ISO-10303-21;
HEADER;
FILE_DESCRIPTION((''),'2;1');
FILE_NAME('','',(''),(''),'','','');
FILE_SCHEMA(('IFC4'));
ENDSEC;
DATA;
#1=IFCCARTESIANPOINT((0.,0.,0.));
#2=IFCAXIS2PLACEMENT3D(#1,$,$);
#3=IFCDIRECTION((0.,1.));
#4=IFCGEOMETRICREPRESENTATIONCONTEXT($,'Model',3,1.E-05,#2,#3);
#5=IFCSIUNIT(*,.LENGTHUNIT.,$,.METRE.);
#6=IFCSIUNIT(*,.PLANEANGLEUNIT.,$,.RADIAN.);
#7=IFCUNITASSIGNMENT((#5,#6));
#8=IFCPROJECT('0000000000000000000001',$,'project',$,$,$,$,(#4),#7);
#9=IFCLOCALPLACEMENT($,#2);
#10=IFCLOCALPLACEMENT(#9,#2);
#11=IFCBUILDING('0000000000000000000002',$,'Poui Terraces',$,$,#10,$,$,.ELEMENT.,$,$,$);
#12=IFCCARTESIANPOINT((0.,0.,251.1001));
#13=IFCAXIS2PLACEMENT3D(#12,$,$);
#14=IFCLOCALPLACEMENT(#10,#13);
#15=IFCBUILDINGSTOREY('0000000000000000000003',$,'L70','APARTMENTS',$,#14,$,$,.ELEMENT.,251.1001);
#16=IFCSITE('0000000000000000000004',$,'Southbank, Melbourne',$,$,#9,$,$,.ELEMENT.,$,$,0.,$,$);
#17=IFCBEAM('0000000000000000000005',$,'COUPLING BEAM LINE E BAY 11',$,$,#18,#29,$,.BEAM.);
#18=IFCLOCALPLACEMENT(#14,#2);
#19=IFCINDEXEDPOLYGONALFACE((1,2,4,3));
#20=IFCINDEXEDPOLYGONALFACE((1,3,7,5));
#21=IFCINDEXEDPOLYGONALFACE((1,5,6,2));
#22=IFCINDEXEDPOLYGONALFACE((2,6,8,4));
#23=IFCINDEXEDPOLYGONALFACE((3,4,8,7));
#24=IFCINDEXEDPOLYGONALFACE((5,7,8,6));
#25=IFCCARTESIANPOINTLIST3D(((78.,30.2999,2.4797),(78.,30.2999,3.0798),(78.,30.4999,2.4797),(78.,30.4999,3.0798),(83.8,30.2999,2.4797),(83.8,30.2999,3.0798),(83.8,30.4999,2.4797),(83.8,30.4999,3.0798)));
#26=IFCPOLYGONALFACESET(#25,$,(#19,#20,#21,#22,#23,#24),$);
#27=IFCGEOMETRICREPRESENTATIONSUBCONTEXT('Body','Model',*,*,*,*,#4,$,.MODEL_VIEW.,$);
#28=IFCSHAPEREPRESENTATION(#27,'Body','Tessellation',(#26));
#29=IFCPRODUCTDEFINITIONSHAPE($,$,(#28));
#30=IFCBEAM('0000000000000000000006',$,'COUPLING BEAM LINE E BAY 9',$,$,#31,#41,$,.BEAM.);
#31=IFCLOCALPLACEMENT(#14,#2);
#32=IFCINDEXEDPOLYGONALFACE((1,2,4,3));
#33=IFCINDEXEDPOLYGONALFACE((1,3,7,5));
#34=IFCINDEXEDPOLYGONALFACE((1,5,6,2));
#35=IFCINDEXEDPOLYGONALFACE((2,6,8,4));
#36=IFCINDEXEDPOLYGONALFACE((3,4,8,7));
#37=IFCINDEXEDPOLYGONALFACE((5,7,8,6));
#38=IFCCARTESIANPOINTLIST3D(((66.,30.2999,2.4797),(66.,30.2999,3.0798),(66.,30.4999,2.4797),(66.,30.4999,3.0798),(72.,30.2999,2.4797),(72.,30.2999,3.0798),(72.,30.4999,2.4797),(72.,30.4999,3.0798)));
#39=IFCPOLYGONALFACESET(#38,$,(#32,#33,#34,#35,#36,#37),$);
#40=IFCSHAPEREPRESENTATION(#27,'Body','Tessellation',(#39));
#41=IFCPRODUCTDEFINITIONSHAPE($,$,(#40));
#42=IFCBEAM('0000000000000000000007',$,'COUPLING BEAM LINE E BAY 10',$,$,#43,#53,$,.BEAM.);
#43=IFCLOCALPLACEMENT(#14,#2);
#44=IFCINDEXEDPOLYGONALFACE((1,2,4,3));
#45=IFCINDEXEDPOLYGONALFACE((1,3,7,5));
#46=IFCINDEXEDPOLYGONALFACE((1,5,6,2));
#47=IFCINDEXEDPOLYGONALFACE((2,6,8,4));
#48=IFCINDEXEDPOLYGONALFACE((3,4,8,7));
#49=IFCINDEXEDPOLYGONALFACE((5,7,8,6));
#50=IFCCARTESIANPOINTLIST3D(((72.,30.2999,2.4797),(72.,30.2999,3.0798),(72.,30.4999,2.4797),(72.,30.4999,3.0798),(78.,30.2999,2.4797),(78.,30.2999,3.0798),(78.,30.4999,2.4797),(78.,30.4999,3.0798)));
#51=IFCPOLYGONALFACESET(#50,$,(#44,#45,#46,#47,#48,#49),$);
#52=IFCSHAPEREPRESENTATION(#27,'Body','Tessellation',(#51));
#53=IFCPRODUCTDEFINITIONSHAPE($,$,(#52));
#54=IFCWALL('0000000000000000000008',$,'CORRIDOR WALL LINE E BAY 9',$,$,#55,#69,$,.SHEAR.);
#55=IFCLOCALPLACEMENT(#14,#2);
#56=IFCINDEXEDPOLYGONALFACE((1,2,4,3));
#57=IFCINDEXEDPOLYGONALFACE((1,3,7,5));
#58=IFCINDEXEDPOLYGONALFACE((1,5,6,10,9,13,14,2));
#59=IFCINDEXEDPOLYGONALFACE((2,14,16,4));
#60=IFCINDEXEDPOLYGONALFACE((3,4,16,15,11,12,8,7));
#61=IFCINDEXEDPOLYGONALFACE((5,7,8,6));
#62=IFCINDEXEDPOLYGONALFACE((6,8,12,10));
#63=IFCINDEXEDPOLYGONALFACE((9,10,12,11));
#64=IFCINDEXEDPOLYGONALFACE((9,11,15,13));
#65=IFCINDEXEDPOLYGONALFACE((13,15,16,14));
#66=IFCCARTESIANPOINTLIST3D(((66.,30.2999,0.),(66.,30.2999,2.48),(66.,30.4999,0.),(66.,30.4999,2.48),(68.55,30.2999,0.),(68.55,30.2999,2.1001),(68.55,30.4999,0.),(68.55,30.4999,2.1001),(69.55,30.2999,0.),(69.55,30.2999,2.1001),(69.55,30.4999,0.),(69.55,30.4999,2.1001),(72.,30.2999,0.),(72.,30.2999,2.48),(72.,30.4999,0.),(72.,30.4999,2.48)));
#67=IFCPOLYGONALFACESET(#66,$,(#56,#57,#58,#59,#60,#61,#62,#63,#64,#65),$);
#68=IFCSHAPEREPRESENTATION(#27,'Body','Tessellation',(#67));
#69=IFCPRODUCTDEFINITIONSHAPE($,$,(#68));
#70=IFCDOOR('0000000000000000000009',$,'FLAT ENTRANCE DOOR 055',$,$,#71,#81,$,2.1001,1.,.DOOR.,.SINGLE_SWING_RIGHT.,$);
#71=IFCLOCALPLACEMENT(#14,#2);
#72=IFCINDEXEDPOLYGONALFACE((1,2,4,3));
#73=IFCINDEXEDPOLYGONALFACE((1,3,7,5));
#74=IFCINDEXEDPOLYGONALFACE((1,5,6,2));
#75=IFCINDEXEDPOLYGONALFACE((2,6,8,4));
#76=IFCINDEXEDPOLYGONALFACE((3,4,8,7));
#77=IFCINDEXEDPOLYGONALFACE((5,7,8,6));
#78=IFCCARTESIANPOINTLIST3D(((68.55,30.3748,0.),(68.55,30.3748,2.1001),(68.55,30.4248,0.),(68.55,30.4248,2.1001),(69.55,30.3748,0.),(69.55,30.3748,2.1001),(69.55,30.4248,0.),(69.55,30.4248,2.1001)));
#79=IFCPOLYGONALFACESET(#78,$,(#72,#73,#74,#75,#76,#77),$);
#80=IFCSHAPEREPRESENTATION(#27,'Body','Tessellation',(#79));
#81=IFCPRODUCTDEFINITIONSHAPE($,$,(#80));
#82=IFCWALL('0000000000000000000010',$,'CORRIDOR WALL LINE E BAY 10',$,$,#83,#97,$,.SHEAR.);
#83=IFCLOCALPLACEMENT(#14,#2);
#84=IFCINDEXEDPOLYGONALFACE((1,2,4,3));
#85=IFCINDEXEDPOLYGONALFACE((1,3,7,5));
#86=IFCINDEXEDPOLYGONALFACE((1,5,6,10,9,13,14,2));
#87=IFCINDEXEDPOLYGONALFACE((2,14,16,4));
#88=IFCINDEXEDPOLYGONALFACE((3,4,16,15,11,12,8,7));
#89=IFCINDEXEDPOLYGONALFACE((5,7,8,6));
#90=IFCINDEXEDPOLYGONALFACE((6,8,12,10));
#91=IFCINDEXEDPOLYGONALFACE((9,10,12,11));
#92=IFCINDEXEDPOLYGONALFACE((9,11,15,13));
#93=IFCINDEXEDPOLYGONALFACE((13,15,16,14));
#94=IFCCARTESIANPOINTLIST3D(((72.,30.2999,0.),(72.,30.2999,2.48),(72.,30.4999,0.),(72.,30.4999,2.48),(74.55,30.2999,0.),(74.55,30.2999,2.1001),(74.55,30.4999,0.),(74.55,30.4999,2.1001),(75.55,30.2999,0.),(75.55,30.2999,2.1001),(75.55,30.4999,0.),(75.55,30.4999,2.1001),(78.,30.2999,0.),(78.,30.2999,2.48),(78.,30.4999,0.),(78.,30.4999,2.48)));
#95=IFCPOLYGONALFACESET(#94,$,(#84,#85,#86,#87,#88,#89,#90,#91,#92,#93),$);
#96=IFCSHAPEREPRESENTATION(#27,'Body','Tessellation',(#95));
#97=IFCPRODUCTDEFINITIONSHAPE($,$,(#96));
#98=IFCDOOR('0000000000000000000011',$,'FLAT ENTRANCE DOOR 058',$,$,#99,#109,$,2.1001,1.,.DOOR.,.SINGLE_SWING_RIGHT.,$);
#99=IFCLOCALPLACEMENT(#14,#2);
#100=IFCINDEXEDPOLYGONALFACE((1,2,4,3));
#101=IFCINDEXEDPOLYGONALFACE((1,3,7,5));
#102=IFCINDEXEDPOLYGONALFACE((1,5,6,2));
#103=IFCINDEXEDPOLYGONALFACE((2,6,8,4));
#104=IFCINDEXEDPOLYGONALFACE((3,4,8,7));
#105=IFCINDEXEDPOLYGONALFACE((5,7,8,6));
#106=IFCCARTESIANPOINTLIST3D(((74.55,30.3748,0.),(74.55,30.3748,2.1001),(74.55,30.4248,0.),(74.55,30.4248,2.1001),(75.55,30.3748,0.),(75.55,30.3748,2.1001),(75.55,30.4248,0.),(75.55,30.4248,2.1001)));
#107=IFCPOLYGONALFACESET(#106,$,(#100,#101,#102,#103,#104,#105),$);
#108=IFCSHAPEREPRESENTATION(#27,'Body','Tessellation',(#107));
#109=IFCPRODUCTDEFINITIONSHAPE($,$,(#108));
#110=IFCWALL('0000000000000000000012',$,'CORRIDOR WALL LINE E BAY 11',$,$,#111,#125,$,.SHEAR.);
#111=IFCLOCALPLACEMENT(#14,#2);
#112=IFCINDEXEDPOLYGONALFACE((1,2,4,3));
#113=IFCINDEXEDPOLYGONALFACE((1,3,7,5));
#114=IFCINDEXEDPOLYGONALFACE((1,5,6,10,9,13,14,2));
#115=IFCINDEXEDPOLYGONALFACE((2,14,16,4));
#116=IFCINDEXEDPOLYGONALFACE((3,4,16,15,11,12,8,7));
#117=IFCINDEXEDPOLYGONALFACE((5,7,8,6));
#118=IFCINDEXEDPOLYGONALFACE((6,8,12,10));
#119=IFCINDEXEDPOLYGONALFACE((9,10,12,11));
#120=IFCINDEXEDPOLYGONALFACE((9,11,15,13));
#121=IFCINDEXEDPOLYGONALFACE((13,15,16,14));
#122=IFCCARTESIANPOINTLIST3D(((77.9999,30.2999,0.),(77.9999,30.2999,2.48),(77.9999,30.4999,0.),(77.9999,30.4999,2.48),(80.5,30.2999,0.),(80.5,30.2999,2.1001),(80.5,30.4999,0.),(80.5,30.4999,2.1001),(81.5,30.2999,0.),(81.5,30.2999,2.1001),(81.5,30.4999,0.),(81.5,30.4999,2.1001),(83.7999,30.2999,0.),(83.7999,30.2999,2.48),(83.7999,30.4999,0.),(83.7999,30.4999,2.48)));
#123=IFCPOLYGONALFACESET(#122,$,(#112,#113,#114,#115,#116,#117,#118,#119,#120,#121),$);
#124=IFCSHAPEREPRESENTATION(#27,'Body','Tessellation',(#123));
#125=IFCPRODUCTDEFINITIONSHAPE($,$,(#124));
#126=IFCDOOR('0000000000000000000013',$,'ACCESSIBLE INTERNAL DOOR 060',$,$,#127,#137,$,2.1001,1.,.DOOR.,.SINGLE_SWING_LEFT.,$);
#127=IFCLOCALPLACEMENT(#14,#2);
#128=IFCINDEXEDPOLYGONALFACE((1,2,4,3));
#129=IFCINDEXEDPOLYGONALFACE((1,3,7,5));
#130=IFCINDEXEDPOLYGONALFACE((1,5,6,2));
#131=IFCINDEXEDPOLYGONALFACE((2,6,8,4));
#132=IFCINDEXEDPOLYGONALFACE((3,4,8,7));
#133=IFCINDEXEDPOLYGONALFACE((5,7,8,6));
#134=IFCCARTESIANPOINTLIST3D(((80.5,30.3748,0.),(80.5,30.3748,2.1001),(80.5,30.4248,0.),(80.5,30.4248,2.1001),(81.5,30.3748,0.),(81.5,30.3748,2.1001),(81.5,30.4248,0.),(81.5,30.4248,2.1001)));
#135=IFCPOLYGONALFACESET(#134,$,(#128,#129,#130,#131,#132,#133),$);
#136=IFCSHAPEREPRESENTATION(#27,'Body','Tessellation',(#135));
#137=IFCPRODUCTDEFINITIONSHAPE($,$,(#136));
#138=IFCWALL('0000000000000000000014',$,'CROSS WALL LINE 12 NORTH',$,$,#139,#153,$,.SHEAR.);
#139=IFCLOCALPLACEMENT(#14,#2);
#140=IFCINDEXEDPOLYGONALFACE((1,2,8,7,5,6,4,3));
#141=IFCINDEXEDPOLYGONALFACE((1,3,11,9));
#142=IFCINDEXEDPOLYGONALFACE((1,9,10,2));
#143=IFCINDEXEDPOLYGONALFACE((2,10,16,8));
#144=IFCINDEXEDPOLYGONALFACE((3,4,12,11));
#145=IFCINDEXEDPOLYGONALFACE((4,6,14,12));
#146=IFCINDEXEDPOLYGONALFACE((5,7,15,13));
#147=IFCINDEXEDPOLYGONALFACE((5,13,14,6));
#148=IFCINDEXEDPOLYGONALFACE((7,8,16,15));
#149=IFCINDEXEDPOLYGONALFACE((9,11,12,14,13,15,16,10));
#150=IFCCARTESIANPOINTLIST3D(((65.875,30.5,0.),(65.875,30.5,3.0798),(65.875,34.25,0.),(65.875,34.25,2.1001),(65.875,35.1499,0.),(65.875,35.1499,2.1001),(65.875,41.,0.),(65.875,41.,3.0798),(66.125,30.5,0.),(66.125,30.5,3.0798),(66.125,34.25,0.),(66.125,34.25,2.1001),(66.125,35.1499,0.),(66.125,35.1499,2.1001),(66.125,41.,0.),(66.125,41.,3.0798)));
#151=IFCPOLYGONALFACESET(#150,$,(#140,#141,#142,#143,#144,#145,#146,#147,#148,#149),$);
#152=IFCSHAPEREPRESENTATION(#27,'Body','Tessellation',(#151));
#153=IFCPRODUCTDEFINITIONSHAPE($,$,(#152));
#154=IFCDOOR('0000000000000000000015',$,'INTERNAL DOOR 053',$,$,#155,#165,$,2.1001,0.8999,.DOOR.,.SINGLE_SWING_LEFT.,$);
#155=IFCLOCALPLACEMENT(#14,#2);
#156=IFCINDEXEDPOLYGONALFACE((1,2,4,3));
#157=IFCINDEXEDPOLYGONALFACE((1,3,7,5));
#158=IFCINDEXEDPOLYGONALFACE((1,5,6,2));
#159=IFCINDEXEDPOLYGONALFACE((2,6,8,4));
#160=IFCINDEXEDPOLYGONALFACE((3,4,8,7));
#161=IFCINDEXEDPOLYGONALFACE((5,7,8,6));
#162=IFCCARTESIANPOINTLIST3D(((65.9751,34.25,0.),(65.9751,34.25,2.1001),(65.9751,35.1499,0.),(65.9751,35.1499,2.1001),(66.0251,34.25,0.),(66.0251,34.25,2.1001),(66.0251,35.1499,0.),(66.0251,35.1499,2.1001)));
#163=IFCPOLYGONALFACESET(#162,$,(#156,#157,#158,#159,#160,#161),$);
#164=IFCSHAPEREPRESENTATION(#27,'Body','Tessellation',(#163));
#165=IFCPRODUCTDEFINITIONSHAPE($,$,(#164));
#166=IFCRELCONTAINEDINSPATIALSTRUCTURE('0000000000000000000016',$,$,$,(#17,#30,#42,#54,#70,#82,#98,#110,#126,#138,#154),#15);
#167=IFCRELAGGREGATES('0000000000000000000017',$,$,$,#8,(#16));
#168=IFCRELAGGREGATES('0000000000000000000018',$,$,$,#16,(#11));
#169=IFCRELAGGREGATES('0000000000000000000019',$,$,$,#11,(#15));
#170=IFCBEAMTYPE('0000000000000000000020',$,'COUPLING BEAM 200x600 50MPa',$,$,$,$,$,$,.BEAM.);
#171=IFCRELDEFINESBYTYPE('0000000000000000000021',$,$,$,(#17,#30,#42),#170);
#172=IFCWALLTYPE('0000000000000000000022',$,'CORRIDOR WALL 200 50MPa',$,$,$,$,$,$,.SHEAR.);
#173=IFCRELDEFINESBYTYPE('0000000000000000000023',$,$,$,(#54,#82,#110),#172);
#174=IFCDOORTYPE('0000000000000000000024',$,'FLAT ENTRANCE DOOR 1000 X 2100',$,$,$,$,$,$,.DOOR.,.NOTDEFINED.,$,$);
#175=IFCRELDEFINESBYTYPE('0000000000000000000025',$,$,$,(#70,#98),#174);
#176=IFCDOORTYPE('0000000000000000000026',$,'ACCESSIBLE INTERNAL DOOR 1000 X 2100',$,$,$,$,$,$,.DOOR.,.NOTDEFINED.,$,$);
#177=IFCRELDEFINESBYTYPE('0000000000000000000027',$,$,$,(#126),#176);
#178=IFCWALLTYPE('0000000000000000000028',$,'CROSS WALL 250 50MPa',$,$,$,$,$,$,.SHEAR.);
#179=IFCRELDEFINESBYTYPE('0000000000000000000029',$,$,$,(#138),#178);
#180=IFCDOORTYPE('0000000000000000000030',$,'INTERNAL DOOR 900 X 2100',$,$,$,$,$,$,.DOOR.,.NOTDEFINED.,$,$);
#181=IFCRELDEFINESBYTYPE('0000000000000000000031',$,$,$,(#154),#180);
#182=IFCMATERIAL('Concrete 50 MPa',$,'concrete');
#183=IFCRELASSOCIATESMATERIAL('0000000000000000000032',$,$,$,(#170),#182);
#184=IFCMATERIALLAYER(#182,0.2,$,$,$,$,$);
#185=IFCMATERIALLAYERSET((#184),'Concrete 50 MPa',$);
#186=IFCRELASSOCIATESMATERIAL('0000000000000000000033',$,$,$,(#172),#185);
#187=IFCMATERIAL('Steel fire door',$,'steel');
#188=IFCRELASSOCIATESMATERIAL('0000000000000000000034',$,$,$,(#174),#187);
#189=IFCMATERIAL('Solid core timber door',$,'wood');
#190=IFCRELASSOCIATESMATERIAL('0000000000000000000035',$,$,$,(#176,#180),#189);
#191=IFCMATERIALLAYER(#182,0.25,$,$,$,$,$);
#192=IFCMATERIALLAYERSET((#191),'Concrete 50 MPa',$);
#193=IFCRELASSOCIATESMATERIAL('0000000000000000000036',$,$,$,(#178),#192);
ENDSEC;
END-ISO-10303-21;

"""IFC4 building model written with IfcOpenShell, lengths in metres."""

from ifc_helpers import new_model, si_unit, direction, frame, frame_2d, origin, origin_2d, place, context, subcontext, project, spatial, rectangle, extrude, source, transform, mapped, material, layer, layer_set, material_profile, profile_set, type_object, element, fill, save


model = new_model("IFC4")

# Units and contexts
model_context = context("Model", 3, precision=1e-05, world=origin(), true_north=direction((0.0, 1.0)))
body_context = subcontext(model_context, "Body", "Model", "MODEL_VIEW")
ifc_project = project(units=[si_unit("LENGTHUNIT", "METRE"), si_unit("PLANEANGLEUNIT", "RADIAN")], contexts=[model_context])

# Site, building, storey
site_placement = place(None, origin())
site = spatial("IfcSite", under=ifc_project, at=site_placement, Name="Southbank, Melbourne", CompositionType="ELEMENT", RefElevation=0.0)
building_placement = place(site_placement, origin())
building = spatial("IfcBuilding", under=site, at=building_placement, Name="Poui Terraces", CompositionType="ELEMENT")
storey_placement = place(building_placement, frame((0.0, 0.0, 251.1001)))
storey = spatial("IfcBuildingStorey", under=building, at=storey_placement, Name="L70", Description="APARTMENTS", CompositionType="ELEMENT", Elevation=251.1001)

# Beams
ifc_material_1 = material(Name="Concrete 50 MPa", Category="concrete")
ifc_material_profile = material_profile(ifc_material_1, rectangle(XDim=0.2, YDim=0.6001, at=origin_2d()), Name="RC 200x600")
ifc_profile_set = profile_set([ifc_material_profile], Name="Concrete 50 MPa")
beam_type = type_object("IfcBeamType", Name="COUPLING BEAM 200x600 50MPa", PredefinedType="BEAM", material=ifc_profile_set)
shared_shape_1 = source(origin(), body_context, "Body", "SweptSolid", [
    extrude(rectangle(XDim=0.2, YDim=0.6001, at=origin_2d()), origin(), (0.0, 0.0, 1.0), 5.8),
])
beam_placement = place(storey_placement, frame((78.0, 30.3999, 2.7798), z_axis=(1.0, 0.0, 0.0), x_axis=(0.0, 1.0, 0.0)))
element("IfcBeam", 1, at=beam_placement, inside=storey, type_object=beam_type, Name="COUPLING BEAM LINE E BAY 11", PredefinedType="BEAM", context=body_context, shape_type="MappedRepresentation", body=[
    mapped(shared_shape_1, transform((0.0, 0.0, 0.0))),
])
shared_shape_2 = source(origin(), body_context, "Body", "SweptSolid", [
    extrude(rectangle(XDim=0.2, YDim=0.6001, at=origin_2d()), origin(), (0.0, 0.0, 1.0), 6.0),
])
for number, where, z_axis, x_axis, name in (
    (2, (66.0, 30.3999, 2.7798), (1.0, 0.0, 0.0), (0.0, 1.0, 0.0), "COUPLING BEAM LINE E BAY 9"),
    (3, (72.0, 30.3999, 2.7798), (1.0, 0.0, 0.0), (0.0, 1.0, 0.0), "COUPLING BEAM LINE E BAY 10"),
):
    element("IfcBeam", number, at=place(storey_placement, frame(where, z_axis=z_axis, x_axis=x_axis)), inside=storey, type_object=beam_type, Name=name, PredefinedType="BEAM", context=body_context, shape_type="MappedRepresentation", body=[
        mapped(shared_shape_2, transform((0.0, 0.0, 0.0))),
    ])

# Walls, openings, doors
ifc_layer_1 = layer(ifc_material_1, 0.2)
ifc_layer_set_1 = layer_set([ifc_layer_1], Name="Concrete 50 MPa")
wall_type_1 = type_object("IfcWallType", Name="CORRIDOR WALL 200 50MPa", PredefinedType="SHEAR", material=ifc_layer_set_1)
wall_1_placement = place(storey_placement, frame((66.0, 30.3999, 0.0), z_axis=(0.0, 0.0, 1.0), x_axis=(1.0, 0.0, 0.0)))
wall_1 = element("IfcWall", 4, at=wall_1_placement, inside=storey, type_object=wall_type_1, Name="CORRIDOR WALL LINE E BAY 9", PredefinedType="SHEAR", context=body_context, shape_type="SweptSolid", body=[
    extrude(rectangle(XDim=6.0, YDim=0.2, at=frame_2d((3.0, 0.0))), origin(), (0.0, 0.0, 1.0), 2.48),
])
opening_1_placement = place(wall_1_placement, frame((2.55, 0.0, 0.0)))
opening_1 = element("IfcOpeningElement", 5, at=opening_1_placement, cuts=wall_1, PredefinedType="OPENING", context=body_context, shape_type="SweptSolid", body=[
    extrude(rectangle(XDim=1.0, YDim=2.1001, at=frame_2d((0.5, 1.05))), frame((0.0, 0.1099, 0.0), z_axis=(0.0, -1.0, 0.0), x_axis=(1.0, 0.0, 0.0)), (0.0, 0.0, 1.0), 0.22),
])
ifc_material_2 = material(Name="Steel fire door", Category="steel")
door_type_1 = type_object("IfcDoorType", Name="FLAT ENTRANCE DOOR 1000 X 2100", OperationType="NOTDEFINED", PredefinedType="DOOR", material=ifc_material_2)
door_1_placement = place(opening_1_placement, origin())
door_1 = element("IfcDoor", 6, at=door_1_placement, inside=storey, type_object=door_type_1, Name="FLAT ENTRANCE DOOR 055", OperationType="SINGLE_SWING_RIGHT", OverallHeight=2.1001, OverallWidth=1.0, PredefinedType="DOOR", context=body_context, shape_type="SweptSolid", body=[
    extrude(rectangle(XDim=1.0, YDim=2.1001, at=frame_2d((0.5, 1.05))), frame((0.0, 0.0249, 0.0), z_axis=(0.0, -1.0, 0.0), x_axis=(1.0, 0.0, 0.0)), (0.0, 0.0, 1.0), 0.05),
])
fill(opening_1, door_1)
wall_2_placement = place(storey_placement, frame((72.0, 30.3999, 0.0), z_axis=(0.0, 0.0, 1.0), x_axis=(1.0, 0.0, 0.0)))
wall_2 = element("IfcWall", 7, at=wall_2_placement, inside=storey, type_object=wall_type_1, Name="CORRIDOR WALL LINE E BAY 10", PredefinedType="SHEAR", context=body_context, shape_type="SweptSolid", body=[
    extrude(rectangle(XDim=6.0, YDim=0.2, at=frame_2d((3.0, 0.0))), origin(), (0.0, 0.0, 1.0), 2.48),
])
opening_2_placement = place(wall_2_placement, frame((2.55, 0.0, 0.0)))
opening_2 = element("IfcOpeningElement", 8, at=opening_2_placement, cuts=wall_2, PredefinedType="OPENING", context=body_context, shape_type="SweptSolid", body=[
    extrude(rectangle(XDim=1.0, YDim=2.1001, at=frame_2d((0.5, 1.05))), frame((0.0, 0.1099, 0.0), z_axis=(0.0, -1.0, 0.0), x_axis=(1.0, 0.0, 0.0)), (0.0, 0.0, 1.0), 0.22),
])
door_2_placement = place(opening_2_placement, origin())
door_2 = element("IfcDoor", 9, at=door_2_placement, inside=storey, type_object=door_type_1, Name="FLAT ENTRANCE DOOR 058", OperationType="SINGLE_SWING_RIGHT", OverallHeight=2.1001, OverallWidth=1.0, PredefinedType="DOOR", context=body_context, shape_type="SweptSolid", body=[
    extrude(rectangle(XDim=1.0, YDim=2.1001, at=frame_2d((0.5, 1.05))), frame((0.0, 0.0249, 0.0), z_axis=(0.0, -1.0, 0.0), x_axis=(1.0, 0.0, 0.0)), (0.0, 0.0, 1.0), 0.05),
])
fill(opening_2, door_2)
wall_3_placement = place(storey_placement, frame((78.0, 30.3999, 0.0), z_axis=(0.0, 0.0, 1.0), x_axis=(1.0, 0.0, 0.0)))
wall_3 = element("IfcWall", 10, at=wall_3_placement, inside=storey, type_object=wall_type_1, Name="CORRIDOR WALL LINE E BAY 11", PredefinedType="SHEAR", context=body_context, shape_type="SweptSolid", body=[
    extrude(rectangle(XDim=5.8, YDim=0.2, at=frame_2d((2.8999, 0.0))), origin(), (0.0, 0.0, 1.0), 2.48),
])
opening_3_placement = place(wall_3_placement, frame((2.5, 0.0, 0.0)))
opening_3 = element("IfcOpeningElement", 11, at=opening_3_placement, cuts=wall_3, PredefinedType="OPENING", context=body_context, shape_type="SweptSolid", body=[
    extrude(rectangle(XDim=1.0, YDim=2.1001, at=frame_2d((0.5, 1.05))), frame((0.0, 0.1099, 0.0), z_axis=(0.0, -1.0, 0.0), x_axis=(1.0, 0.0, 0.0)), (0.0, 0.0, 1.0), 0.22),
])
ifc_material_3 = material(Name="Solid core timber door", Category="wood")
door_type_2 = type_object("IfcDoorType", Name="ACCESSIBLE INTERNAL DOOR 1000 X 2100", OperationType="NOTDEFINED", PredefinedType="DOOR", material=ifc_material_3)
door_3_placement = place(opening_3_placement, origin())
door_3 = element("IfcDoor", 12, at=door_3_placement, inside=storey, type_object=door_type_2, Name="ACCESSIBLE INTERNAL DOOR 060", OperationType="SINGLE_SWING_LEFT", OverallHeight=2.1001, OverallWidth=1.0, PredefinedType="DOOR", context=body_context, shape_type="SweptSolid", body=[
    extrude(rectangle(XDim=1.0, YDim=2.1001, at=frame_2d((0.5, 1.05))), frame((0.0, 0.0249, 0.0), z_axis=(0.0, -1.0, 0.0), x_axis=(1.0, 0.0, 0.0)), (0.0, 0.0, 1.0), 0.05),
])
fill(opening_3, door_3)
ifc_layer_2 = layer(ifc_material_1, 0.25)
ifc_layer_set_2 = layer_set([ifc_layer_2], Name="Concrete 50 MPa")
wall_type_2 = type_object("IfcWallType", Name="CROSS WALL 250 50MPa", PredefinedType="SHEAR", material=ifc_layer_set_2)
wall_4_placement = place(storey_placement, frame((66.0, 30.5, 0.0), z_axis=(0.0, 0.0, 1.0), x_axis=(0.0, 1.0, 0.0)))
wall_4 = element("IfcWall", 13, at=wall_4_placement, inside=storey, type_object=wall_type_2, Name="CROSS WALL LINE 12 NORTH", PredefinedType="SHEAR", context=body_context, shape_type="SweptSolid", body=[
    extrude(rectangle(XDim=10.5, YDim=0.25, at=frame_2d((5.25, 0.0))), origin(), (0.0, 0.0, 1.0), 3.0798),
])
opening_4_placement = place(wall_4_placement, frame((3.75, 0.0, 0.0)))
opening_4 = element("IfcOpeningElement", 14, at=opening_4_placement, cuts=wall_4, PredefinedType="OPENING", context=body_context, shape_type="SweptSolid", body=[
    extrude(rectangle(XDim=0.8999, YDim=2.1001, at=frame_2d((0.45, 1.05))), frame((0.0, 0.135, 0.0), z_axis=(0.0, -1.0, 0.0), x_axis=(1.0, 0.0, 0.0)), (0.0, 0.0, 1.0), 0.27),
])
door_type_3 = type_object("IfcDoorType", Name="INTERNAL DOOR 900 X 2100", OperationType="NOTDEFINED", PredefinedType="DOOR", material=ifc_material_3)
door_4_placement = place(opening_4_placement, origin())
door_4 = element("IfcDoor", 15, at=door_4_placement, inside=storey, type_object=door_type_3, Name="INTERNAL DOOR 053", OperationType="SINGLE_SWING_LEFT", OverallHeight=2.1001, OverallWidth=0.8999, PredefinedType="DOOR", context=body_context, shape_type="SweptSolid", body=[
    extrude(rectangle(XDim=0.8999, YDim=2.1001, at=frame_2d((0.45, 1.05))), frame((0.0, 0.0249, 0.0), z_axis=(0.0, -1.0, 0.0), x_axis=(1.0, 0.0, 0.0)), (0.0, 0.0, 1.0), 0.05),
])
fill(opening_4, door_4)

save(model, "model.ifc")
